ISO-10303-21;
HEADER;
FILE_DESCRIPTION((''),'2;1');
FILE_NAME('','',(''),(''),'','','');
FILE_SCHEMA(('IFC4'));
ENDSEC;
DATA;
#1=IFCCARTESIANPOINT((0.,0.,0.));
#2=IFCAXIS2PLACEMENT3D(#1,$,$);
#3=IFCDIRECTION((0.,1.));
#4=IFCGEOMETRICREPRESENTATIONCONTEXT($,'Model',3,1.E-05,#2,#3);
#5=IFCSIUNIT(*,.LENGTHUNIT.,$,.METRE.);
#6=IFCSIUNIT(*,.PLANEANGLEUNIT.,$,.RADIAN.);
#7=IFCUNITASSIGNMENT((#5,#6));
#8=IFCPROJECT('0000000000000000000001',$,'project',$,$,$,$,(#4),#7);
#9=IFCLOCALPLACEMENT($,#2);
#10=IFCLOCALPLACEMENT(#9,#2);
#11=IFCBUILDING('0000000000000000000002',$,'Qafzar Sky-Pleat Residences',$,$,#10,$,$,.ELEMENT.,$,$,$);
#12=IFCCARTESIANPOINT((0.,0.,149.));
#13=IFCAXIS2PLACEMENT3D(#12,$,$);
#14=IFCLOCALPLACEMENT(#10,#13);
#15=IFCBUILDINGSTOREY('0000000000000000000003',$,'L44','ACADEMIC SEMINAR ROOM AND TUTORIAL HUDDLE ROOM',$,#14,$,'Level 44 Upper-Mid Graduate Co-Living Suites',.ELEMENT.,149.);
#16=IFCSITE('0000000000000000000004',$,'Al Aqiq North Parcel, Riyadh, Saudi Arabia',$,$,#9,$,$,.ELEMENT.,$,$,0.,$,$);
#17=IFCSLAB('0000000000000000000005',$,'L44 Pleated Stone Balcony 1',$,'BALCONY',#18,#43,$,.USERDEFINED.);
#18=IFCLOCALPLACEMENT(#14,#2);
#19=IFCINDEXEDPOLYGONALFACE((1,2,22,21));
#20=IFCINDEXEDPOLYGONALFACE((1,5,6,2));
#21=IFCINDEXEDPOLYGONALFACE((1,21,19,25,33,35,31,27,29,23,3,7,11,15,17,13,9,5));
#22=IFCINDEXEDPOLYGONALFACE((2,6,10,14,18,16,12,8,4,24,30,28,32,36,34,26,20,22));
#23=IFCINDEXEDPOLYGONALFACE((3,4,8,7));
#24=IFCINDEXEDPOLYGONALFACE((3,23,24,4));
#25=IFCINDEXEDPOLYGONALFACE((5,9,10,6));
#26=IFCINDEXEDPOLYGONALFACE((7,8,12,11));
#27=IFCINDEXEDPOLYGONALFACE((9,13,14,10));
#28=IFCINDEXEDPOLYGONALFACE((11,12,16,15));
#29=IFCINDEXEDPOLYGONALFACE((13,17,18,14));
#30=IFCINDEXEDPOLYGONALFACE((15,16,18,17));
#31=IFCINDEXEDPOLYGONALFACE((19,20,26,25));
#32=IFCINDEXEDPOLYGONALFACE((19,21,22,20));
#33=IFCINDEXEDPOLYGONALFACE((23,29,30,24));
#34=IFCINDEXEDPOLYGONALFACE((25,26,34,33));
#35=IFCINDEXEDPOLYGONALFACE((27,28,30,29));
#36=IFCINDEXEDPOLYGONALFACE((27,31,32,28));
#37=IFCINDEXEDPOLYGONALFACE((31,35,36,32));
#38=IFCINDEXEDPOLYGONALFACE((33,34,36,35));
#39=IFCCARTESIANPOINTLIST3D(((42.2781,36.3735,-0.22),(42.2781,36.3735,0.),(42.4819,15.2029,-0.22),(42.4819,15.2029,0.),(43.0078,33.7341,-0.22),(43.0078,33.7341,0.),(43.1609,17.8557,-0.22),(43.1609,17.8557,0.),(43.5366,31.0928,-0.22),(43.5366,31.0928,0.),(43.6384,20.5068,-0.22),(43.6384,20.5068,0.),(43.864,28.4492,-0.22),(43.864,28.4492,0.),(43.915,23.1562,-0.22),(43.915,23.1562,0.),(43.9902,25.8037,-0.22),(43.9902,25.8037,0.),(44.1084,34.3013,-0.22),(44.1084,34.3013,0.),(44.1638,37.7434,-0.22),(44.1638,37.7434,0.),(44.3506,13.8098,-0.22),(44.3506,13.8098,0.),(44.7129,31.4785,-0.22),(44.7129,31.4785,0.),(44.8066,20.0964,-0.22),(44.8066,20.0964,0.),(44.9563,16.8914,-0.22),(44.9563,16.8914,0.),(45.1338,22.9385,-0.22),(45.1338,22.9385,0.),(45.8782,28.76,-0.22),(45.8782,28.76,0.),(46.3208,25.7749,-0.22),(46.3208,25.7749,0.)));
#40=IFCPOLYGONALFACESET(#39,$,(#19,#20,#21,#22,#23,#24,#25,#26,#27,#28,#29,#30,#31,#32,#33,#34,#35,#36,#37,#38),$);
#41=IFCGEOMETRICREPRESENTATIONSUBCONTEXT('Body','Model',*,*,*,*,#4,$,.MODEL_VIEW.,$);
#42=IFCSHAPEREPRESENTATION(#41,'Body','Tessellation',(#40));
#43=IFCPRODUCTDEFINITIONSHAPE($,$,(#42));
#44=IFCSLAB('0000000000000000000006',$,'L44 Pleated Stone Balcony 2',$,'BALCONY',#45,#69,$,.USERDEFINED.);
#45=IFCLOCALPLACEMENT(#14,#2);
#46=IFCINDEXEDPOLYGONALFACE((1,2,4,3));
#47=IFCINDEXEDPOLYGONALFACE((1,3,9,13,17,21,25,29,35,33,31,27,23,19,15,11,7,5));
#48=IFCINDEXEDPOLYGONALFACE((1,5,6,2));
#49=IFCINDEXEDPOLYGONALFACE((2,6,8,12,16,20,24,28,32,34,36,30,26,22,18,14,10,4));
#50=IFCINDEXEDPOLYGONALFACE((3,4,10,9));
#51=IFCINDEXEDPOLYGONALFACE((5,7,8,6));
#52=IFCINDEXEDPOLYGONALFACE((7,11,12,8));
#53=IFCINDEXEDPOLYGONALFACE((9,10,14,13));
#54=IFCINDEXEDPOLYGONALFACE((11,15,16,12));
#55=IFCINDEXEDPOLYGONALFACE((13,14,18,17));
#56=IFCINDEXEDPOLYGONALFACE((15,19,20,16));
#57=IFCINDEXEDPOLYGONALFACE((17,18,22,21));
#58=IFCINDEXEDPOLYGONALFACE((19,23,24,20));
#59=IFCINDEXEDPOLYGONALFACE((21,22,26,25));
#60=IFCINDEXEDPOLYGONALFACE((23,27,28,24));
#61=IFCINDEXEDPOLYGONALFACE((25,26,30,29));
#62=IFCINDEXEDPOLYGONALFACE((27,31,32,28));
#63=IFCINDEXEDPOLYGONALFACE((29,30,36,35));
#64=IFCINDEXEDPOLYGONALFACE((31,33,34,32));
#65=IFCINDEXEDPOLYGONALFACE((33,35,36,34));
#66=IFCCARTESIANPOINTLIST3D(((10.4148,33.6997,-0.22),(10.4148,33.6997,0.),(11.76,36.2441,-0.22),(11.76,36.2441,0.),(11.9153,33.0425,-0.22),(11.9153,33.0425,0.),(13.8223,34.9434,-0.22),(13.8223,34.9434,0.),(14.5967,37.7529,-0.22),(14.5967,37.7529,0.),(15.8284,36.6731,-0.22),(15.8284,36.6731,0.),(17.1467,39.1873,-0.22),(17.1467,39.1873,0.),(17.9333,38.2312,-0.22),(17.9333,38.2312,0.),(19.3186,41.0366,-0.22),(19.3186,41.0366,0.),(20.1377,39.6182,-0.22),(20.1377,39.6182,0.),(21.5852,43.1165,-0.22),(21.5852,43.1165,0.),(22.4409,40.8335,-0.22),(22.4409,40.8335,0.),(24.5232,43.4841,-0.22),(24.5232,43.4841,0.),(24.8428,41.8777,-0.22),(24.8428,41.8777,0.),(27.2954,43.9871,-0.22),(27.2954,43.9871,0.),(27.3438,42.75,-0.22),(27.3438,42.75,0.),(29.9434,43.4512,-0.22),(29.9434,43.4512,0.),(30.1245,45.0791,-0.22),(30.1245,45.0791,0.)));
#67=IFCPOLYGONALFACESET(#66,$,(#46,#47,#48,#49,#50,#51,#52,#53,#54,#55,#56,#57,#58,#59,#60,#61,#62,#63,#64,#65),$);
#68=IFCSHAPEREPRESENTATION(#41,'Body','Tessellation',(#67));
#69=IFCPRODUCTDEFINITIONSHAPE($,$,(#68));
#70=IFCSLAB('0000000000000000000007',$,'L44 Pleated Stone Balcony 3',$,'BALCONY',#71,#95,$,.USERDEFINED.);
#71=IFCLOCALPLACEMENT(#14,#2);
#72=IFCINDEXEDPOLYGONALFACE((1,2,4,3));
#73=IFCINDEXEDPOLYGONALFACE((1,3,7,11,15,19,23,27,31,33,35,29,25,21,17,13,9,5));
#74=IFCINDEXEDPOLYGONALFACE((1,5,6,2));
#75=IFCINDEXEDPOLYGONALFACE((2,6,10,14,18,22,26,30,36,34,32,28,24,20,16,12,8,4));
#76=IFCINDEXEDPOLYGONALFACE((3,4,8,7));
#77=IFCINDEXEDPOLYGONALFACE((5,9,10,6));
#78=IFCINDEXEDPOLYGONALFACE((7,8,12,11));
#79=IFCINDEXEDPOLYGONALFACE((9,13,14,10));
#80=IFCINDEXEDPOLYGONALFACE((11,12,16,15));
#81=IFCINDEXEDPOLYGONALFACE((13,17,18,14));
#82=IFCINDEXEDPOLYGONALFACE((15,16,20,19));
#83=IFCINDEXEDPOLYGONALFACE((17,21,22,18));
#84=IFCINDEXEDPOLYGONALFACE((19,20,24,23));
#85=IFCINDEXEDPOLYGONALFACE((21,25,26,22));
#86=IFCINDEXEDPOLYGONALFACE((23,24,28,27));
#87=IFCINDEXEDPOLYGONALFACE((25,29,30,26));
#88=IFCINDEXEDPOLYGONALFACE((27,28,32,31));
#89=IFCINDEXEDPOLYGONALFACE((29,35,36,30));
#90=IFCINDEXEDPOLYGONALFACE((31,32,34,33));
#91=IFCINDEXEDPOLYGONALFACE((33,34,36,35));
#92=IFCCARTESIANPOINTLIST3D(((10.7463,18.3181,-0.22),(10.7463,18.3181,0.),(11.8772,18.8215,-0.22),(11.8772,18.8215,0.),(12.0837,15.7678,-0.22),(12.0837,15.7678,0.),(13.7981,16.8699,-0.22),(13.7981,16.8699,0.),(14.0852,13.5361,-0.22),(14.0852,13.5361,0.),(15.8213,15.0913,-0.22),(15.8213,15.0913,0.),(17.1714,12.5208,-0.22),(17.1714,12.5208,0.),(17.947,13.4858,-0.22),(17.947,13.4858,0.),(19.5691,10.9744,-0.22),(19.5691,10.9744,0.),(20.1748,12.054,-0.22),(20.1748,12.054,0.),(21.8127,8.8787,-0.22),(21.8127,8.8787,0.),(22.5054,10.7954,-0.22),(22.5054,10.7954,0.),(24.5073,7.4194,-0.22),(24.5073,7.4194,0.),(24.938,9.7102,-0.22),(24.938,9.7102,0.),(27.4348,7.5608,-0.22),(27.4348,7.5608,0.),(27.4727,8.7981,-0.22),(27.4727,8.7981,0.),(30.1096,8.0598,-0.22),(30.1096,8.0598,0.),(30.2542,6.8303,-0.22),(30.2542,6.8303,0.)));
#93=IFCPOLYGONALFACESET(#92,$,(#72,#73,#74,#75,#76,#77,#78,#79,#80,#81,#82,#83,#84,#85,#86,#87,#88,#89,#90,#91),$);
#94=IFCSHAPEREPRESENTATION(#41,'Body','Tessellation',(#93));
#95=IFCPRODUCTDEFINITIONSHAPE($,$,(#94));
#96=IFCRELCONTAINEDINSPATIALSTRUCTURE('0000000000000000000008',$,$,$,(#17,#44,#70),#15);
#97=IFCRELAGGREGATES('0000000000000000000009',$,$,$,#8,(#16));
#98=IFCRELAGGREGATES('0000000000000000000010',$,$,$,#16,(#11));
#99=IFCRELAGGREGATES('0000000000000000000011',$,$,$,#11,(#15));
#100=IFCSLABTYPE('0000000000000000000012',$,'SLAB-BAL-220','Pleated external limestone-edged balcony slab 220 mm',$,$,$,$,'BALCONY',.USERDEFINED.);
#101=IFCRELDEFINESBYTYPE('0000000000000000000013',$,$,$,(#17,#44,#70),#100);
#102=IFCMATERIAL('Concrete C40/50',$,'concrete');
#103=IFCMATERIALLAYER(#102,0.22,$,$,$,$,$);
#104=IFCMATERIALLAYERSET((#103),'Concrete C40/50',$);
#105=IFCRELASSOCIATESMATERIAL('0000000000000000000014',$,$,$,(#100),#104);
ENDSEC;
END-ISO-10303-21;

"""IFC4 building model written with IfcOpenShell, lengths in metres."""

from ifc_helpers import new_model, si_unit, direction, frame, origin, place, context, subcontext, project, spatial, polyline, outline, extrude, material, layer, layer_set, type_object, element, save


model = new_model("IFC4")

# Units and contexts
model_context = context("Model", 3, precision=1e-05, world=origin(), true_north=direction((0.0, 1.0)))
body_context = subcontext(model_context, "Body", "Model", "MODEL_VIEW")
ifc_project = project(units=[si_unit("LENGTHUNIT", "METRE"), si_unit("PLANEANGLEUNIT", "RADIAN")], contexts=[model_context])

# Site, building, storey
site_placement = place(None, origin())
site = spatial("IfcSite", under=ifc_project, at=site_placement, Name="Al Aqiq North Parcel, Riyadh, Saudi Arabia", CompositionType="ELEMENT", RefElevation=0.0)
building_placement = place(site_placement, origin())
building = spatial("IfcBuilding", under=site, at=building_placement, Name="Qafzar Sky-Pleat Residences", CompositionType="ELEMENT")
storey_placement = place(building_placement, frame((0.0, 0.0, 149.0)))
storey = spatial("IfcBuildingStorey", under=building, at=storey_placement, Name="L44", Description="ACADEMIC SEMINAR ROOM AND TUTORIAL HUDDLE ROOM", LongName="Level 44 Upper-Mid Graduate Co-Living Suites", CompositionType="ELEMENT", Elevation=149.0)

# Slabs
ifc_material_1 = material(Name="Concrete C40/50", Category="concrete")
ifc_layer_1 = layer(ifc_material_1, 0.22)
ifc_layer_set_1 = layer_set([ifc_layer_1], Name="Concrete C40/50")
slab_type_1 = type_object("IfcSlabType", Name="SLAB-BAL-220", Description="Pleated external limestone-edged balcony slab 220 mm", ElementType="BALCONY", PredefinedType="USERDEFINED", material=ifc_layer_set_1)
slab_1_placement = place(storey_placement, frame((0.0, 0.0, -0.22)))
element("IfcSlab", 1, at=slab_1_placement, inside=storey, type_object=slab_type_1, Name="L44 Pleated Stone Balcony 1", ObjectType="BALCONY", PredefinedType="USERDEFINED", context=body_context, shape_type="SweptSolid", body=[
    extrude(outline(polyline([(43.1609, 17.8557), (43.6384, 20.5068), (43.915, 23.1562), (43.9902, 25.8037), (43.864, 28.4492), (43.5366, 31.0928), (43.0078, 33.7341), (42.2781, 36.3735), (44.1638, 37.7434), (44.1084, 34.3013), (44.7129, 31.4785), (45.8782, 28.76), (46.3208, 25.7749), (45.1338, 22.9385), (44.8066, 20.0964), (44.9563, 16.8914), (44.3506, 13.8098), (42.4819, 15.2029), (43.1609, 17.8557)])), origin(), (0.0, 0.0, 1.0), 0.22),
])
slab_2_placement = place(storey_placement, frame((0.0, 0.0, -0.22)))
element("IfcSlab", 2, at=slab_2_placement, inside=storey, type_object=slab_type_1, Name="L44 Pleated Stone Balcony 2", ObjectType="BALCONY", PredefinedType="USERDEFINED", context=body_context, shape_type="SweptSolid", body=[
    extrude(outline(polyline([(27.3438, 42.75), (24.8428, 41.8777), (22.4409, 40.8335), (20.1377, 39.6182), (17.9333, 38.2312), (15.8284, 36.6731), (13.8223, 34.9434), (11.9153, 33.0425), (10.4148, 33.6997), (11.76, 36.2441), (14.5967, 37.7529), (17.1467, 39.1873), (19.3186, 41.0366), (21.5852, 43.1165), (24.5232, 43.4841), (27.2954, 43.9871), (30.1245, 45.0791), (29.9434, 43.4512), (27.3438, 42.75)])), origin(), (0.0, 0.0, 1.0), 0.22),
])
slab_3_placement = place(storey_placement, frame((0.0, 0.0, -0.22)))
element("IfcSlab", 3, at=slab_3_placement, inside=storey, type_object=slab_type_1, Name="L44 Pleated Stone Balcony 3", ObjectType="BALCONY", PredefinedType="USERDEFINED", context=body_context, shape_type="SweptSolid", body=[
    extrude(outline(polyline([(13.7981, 16.8699), (15.8213, 15.0913), (17.947, 13.4858), (20.1748, 12.054), (22.5054, 10.7954), (24.938, 9.7102), (27.4727, 8.7981), (30.1096, 8.0598), (30.2542, 6.8303), (27.4348, 7.5608), (24.5073, 7.4194), (21.8127, 8.8787), (19.5691, 10.9744), (17.1714, 12.5208), (14.0852, 13.5361), (12.0837, 15.7678), (10.7463, 18.3181), (11.8772, 18.8215), (13.7981, 16.8699)])), origin(), (0.0, 0.0, 1.0), 0.22),
])

save(model, "model.ifc")
